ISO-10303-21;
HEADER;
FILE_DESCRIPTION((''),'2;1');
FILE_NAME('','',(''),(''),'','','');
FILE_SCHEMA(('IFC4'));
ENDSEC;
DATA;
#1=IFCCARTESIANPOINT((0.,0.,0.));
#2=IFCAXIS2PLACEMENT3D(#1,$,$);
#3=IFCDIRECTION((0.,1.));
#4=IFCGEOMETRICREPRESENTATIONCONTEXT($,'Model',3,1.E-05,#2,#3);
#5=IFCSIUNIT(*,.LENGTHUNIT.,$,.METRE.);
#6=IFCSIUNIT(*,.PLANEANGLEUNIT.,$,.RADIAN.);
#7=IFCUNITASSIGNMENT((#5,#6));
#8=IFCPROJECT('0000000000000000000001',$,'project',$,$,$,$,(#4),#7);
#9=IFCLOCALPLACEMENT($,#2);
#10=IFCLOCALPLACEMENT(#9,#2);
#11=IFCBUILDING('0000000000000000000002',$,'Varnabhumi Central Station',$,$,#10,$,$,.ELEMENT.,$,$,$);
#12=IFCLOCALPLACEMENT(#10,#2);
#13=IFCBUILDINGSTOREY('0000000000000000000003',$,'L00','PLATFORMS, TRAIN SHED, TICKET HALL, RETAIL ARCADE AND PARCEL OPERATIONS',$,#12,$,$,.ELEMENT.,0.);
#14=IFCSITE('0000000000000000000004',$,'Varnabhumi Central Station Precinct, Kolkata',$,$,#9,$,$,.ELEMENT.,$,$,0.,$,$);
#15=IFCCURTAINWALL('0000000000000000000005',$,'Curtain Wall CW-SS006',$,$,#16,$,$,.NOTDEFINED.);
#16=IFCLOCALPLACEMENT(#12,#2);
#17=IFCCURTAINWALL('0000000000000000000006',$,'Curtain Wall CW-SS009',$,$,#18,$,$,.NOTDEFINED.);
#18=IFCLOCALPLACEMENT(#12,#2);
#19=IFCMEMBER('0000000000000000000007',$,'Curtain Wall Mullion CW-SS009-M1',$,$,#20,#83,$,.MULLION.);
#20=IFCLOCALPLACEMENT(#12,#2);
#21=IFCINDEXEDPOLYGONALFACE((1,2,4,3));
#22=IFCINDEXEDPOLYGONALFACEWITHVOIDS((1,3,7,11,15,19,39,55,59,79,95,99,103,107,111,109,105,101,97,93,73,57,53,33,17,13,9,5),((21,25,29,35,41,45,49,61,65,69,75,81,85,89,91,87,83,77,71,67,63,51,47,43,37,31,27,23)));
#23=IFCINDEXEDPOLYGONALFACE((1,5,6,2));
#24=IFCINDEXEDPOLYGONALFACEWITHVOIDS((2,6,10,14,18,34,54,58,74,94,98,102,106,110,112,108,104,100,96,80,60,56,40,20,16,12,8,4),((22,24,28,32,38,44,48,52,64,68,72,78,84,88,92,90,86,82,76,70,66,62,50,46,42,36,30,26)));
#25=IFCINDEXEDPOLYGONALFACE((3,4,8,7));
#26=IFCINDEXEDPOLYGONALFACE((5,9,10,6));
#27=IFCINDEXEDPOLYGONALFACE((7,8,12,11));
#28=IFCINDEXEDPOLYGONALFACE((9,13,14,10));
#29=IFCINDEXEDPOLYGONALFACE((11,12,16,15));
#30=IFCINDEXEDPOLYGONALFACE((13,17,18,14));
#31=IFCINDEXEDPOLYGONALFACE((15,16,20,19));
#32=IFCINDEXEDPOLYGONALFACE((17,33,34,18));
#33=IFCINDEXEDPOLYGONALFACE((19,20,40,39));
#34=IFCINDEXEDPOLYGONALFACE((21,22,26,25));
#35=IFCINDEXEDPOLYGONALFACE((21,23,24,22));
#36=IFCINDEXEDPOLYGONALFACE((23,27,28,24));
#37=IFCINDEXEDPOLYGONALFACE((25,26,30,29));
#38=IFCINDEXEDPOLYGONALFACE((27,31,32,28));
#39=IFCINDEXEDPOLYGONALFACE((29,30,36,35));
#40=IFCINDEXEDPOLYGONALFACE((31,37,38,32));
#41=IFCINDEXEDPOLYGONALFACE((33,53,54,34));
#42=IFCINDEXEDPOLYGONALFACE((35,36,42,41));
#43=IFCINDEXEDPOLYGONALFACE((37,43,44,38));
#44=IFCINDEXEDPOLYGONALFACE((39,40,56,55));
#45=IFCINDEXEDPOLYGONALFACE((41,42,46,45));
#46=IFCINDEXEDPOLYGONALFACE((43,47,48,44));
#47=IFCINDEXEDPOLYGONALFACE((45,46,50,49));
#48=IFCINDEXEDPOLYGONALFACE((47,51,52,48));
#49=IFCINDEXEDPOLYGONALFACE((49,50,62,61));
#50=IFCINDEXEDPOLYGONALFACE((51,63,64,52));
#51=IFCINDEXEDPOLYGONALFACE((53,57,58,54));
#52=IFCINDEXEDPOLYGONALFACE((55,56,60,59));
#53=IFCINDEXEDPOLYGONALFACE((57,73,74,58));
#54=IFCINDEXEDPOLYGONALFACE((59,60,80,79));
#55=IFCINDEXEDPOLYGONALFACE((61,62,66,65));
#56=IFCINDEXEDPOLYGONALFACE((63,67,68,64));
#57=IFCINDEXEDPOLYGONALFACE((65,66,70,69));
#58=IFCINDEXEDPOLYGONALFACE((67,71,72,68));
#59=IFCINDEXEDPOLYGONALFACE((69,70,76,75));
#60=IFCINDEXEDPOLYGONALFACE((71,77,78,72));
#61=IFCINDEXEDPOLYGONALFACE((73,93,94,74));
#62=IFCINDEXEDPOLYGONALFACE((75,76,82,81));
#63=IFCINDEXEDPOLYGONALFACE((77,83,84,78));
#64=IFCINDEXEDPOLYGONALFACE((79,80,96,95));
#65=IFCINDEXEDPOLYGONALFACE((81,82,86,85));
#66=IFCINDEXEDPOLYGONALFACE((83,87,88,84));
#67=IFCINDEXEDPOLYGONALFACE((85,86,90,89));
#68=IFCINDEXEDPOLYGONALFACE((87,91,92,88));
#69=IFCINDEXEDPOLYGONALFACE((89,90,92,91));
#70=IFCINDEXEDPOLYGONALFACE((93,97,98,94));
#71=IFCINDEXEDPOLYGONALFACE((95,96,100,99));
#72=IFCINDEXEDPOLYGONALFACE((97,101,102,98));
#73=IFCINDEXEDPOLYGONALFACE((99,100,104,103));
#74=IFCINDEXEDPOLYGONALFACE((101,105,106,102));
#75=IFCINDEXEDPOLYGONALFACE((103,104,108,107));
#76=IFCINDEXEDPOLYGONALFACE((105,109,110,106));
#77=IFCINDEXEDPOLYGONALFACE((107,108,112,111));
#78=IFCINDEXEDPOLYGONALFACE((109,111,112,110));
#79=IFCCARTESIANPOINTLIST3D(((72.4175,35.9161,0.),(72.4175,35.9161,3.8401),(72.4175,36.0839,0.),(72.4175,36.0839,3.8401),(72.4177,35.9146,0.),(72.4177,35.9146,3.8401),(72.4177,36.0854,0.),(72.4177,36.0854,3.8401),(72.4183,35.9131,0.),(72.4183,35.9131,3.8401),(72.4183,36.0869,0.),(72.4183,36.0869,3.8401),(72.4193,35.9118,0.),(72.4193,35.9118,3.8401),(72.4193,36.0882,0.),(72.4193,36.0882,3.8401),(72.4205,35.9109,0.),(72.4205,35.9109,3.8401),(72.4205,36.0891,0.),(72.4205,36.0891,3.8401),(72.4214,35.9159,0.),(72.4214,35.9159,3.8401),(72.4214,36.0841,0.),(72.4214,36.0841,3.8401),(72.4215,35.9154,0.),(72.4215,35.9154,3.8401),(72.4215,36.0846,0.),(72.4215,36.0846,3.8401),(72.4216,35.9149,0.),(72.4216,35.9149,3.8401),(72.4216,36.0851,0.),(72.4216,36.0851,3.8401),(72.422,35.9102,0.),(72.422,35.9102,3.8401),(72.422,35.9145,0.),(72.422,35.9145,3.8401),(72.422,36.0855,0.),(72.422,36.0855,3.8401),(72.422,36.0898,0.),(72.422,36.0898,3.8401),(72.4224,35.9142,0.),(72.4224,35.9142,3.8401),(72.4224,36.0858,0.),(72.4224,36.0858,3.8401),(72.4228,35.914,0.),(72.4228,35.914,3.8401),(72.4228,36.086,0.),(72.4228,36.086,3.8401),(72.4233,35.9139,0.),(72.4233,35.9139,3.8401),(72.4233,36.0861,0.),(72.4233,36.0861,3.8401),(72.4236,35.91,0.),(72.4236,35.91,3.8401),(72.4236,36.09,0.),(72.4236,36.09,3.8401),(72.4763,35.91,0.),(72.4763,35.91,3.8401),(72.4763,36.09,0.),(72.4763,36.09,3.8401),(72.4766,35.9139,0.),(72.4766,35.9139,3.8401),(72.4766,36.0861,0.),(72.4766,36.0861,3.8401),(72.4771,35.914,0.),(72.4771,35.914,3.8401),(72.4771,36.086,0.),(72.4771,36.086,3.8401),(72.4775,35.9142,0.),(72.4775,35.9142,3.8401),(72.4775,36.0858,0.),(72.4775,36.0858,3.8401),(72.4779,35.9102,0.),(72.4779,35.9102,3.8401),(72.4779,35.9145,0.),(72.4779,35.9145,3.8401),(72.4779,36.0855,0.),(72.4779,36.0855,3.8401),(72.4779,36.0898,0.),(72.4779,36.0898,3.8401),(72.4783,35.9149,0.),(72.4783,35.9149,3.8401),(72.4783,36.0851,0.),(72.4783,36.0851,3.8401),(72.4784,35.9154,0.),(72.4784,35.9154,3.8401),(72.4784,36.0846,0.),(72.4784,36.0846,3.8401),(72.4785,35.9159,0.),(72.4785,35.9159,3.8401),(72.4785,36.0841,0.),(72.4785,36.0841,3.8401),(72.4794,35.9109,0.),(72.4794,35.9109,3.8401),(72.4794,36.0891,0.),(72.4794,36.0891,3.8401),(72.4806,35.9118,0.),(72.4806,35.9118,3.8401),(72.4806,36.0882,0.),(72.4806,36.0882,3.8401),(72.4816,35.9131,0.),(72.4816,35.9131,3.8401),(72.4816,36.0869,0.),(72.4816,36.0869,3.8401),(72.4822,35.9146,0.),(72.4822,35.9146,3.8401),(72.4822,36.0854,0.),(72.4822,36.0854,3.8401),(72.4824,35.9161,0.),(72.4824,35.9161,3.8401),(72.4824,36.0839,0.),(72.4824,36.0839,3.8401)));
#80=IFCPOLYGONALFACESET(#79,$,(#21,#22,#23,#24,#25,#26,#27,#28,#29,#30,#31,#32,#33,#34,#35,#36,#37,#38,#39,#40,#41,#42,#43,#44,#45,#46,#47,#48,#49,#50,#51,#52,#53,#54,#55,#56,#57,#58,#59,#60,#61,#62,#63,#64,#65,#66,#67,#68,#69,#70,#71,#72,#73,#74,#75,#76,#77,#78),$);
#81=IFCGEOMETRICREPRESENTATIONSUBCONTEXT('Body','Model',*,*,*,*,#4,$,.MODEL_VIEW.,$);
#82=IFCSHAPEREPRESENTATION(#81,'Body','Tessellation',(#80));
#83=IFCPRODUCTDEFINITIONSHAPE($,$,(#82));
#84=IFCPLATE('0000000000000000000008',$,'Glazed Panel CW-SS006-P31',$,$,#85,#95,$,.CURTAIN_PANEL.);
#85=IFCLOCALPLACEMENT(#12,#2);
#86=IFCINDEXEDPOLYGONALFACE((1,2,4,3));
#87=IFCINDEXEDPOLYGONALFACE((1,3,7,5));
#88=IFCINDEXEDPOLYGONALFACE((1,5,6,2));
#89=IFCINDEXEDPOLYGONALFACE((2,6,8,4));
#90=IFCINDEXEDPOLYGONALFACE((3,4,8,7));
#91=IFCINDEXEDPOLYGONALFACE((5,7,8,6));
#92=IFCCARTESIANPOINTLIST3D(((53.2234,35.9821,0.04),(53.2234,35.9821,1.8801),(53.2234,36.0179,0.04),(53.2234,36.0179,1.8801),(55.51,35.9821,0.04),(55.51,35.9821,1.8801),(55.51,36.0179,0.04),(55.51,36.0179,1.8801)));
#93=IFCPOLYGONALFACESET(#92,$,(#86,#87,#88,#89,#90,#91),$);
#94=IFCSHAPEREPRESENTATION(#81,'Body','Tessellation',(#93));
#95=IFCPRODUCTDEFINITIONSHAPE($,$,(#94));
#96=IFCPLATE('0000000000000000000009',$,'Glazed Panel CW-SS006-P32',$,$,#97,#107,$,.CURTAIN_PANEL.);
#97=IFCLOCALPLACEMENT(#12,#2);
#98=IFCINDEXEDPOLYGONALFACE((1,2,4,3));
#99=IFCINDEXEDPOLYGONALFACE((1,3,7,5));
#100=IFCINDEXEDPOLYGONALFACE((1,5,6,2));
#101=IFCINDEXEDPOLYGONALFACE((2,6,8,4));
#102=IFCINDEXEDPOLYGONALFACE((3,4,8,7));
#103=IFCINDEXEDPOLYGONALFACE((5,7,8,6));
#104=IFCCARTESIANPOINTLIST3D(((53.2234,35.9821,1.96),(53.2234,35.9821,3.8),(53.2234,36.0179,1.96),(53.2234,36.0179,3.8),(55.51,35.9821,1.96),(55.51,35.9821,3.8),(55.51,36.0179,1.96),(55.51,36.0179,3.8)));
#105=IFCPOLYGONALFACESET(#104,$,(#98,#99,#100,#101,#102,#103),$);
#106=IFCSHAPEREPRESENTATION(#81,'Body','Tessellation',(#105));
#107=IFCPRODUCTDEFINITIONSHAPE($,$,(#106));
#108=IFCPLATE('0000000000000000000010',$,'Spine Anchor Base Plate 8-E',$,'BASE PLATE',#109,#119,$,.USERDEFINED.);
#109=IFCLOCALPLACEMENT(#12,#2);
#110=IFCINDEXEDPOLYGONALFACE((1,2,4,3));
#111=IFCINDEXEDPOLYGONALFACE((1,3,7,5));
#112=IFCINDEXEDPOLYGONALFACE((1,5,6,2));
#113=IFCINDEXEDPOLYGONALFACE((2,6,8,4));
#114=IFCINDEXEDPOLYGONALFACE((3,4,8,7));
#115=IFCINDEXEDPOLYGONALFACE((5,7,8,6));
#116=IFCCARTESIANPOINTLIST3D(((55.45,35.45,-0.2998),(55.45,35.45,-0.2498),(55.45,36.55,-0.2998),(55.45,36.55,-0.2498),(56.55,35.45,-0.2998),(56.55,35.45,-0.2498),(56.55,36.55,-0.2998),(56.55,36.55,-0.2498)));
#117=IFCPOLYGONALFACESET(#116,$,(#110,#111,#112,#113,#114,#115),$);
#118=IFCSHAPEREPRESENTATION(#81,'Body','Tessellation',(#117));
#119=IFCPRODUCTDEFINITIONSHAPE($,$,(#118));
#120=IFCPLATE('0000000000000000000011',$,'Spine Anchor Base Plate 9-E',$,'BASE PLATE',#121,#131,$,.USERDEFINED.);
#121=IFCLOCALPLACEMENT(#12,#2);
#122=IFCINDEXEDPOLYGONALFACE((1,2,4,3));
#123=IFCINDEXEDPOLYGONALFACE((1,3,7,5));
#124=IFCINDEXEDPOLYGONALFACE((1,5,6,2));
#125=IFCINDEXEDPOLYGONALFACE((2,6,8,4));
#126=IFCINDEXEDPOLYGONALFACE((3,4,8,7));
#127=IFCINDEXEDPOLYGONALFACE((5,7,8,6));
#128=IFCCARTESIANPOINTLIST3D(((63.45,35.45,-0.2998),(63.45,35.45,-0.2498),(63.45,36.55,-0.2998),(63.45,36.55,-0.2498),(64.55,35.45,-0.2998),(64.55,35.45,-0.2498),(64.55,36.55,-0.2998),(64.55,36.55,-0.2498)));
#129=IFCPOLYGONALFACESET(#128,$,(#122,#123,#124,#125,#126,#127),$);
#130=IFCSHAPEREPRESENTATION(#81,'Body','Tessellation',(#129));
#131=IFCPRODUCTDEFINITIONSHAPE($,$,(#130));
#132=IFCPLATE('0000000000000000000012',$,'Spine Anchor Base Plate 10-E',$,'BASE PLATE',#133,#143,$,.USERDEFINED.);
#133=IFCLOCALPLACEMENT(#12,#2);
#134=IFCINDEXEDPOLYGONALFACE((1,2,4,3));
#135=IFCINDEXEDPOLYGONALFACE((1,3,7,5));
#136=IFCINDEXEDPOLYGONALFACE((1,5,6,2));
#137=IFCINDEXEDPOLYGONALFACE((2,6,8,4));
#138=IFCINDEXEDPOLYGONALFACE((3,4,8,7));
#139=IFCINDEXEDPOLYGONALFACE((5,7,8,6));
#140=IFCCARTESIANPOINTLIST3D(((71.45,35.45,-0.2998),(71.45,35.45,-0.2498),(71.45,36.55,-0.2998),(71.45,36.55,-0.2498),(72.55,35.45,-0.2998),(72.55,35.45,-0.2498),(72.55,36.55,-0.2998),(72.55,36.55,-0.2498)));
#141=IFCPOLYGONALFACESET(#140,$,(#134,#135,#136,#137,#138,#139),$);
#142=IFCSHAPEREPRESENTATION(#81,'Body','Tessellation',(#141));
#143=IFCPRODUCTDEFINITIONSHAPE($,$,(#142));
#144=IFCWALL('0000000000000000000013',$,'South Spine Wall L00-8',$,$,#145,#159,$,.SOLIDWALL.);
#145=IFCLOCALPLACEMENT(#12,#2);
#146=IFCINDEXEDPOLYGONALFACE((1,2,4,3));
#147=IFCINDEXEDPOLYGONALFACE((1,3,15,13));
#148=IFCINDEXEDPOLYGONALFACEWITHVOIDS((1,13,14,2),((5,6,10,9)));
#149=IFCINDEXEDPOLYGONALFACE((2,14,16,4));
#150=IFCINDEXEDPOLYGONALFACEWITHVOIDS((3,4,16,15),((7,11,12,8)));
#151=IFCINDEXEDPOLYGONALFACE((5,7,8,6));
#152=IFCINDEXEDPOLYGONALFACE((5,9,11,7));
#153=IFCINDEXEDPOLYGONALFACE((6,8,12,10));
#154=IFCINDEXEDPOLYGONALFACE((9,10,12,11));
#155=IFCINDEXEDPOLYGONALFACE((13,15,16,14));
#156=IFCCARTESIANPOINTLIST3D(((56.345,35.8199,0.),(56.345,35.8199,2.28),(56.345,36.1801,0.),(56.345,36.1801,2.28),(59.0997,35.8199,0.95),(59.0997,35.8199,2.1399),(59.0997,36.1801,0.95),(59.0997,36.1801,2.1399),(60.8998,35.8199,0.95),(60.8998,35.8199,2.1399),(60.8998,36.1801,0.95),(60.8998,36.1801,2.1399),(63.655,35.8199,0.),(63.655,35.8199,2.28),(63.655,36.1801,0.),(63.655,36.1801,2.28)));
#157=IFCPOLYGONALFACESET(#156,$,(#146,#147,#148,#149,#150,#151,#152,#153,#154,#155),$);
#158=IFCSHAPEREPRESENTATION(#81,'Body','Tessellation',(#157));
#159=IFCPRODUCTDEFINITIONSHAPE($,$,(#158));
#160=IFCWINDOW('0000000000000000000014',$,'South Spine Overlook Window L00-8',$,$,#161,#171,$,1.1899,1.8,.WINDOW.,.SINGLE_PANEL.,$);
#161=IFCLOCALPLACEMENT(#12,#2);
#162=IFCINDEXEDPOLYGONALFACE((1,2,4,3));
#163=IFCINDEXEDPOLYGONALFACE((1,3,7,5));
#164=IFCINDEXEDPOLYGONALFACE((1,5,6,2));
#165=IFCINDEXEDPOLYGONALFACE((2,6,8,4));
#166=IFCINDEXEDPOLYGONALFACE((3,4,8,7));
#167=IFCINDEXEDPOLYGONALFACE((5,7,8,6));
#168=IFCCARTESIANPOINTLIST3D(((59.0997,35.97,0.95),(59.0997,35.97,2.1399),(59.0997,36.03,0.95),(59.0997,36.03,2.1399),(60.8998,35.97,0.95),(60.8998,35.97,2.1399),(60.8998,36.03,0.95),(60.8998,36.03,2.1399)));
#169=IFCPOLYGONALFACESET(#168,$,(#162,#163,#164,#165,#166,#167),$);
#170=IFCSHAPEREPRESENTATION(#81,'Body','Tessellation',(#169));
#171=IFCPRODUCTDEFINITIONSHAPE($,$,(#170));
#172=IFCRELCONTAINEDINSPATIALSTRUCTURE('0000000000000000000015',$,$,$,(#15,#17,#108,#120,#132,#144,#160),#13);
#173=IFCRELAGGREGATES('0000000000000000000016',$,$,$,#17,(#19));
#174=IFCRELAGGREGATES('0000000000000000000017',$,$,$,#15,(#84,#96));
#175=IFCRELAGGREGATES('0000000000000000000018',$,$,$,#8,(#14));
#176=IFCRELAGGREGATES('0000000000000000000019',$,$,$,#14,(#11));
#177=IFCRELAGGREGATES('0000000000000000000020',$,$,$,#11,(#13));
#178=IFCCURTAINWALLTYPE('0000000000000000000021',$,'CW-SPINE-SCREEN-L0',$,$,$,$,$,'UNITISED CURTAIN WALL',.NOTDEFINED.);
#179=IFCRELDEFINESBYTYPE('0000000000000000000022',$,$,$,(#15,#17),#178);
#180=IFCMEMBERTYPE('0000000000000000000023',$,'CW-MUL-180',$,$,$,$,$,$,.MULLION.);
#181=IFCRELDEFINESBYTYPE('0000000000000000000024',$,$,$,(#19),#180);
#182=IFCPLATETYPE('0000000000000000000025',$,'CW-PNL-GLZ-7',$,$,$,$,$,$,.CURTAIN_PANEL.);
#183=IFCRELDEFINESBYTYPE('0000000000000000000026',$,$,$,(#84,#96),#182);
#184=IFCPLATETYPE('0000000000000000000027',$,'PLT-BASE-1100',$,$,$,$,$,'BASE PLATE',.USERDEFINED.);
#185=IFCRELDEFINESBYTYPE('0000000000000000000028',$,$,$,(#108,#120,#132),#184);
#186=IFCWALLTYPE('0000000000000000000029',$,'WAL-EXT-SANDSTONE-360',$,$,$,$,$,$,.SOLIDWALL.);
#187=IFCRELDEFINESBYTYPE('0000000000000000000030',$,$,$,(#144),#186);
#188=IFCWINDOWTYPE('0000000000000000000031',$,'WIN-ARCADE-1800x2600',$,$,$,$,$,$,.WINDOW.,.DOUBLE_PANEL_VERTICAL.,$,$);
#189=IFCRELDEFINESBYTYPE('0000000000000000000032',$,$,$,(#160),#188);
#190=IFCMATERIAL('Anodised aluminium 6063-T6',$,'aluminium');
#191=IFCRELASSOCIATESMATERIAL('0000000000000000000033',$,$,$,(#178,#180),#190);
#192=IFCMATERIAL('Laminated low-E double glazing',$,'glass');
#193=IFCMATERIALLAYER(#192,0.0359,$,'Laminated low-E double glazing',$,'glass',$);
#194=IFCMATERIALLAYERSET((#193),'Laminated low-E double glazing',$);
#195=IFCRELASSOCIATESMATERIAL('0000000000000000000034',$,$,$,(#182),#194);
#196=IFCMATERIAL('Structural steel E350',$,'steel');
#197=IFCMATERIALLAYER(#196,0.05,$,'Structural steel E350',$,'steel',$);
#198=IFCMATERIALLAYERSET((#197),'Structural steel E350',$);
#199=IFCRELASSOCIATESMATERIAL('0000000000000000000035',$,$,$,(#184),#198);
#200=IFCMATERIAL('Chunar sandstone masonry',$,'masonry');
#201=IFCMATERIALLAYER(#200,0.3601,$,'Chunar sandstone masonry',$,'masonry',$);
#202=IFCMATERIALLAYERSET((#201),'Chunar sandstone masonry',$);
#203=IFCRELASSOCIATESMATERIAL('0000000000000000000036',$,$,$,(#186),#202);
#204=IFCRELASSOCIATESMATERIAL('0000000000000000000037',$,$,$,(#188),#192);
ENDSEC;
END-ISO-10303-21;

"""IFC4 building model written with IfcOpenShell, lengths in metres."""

from ifc_helpers import new_model, si_unit, direction, frame, frame_2d, origin, origin_2d, place, context, subcontext, project, spatial, rectangle, hollow_rectangle, extrude, material, layer, layer_set, material_profile, profile_set, type_object, element, fill, aggregate, save


model = new_model("IFC4")

# Units and contexts
model_context = context("Model", 3, precision=1e-05, world=origin(), true_north=direction((0.0, 1.0)))
body_context = subcontext(model_context, "Body", "Model", "MODEL_VIEW")
ifc_project = project(units=[si_unit("LENGTHUNIT", "METRE"), si_unit("PLANEANGLEUNIT", "RADIAN")], contexts=[model_context])

# Site, building, storey
site_placement = place(None, origin())
site = spatial("IfcSite", under=ifc_project, at=site_placement, Name="Varnabhumi Central Station Precinct, Kolkata", CompositionType="ELEMENT", RefElevation=0.0)
building_placement = place(site_placement, origin())
building = spatial("IfcBuilding", under=site, at=building_placement, Name="Varnabhumi Central Station", CompositionType="ELEMENT")
storey_placement = place(building_placement, origin())
storey = spatial("IfcBuildingStorey", under=building, at=storey_placement, Name="L00", Description="PLATFORMS, TRAIN SHED, TICKET HALL, RETAIL ARCADE AND PARCEL OPERATIONS", CompositionType="ELEMENT", Elevation=0.0)

# Curtain wall
ifc_material_1 = material(Name="Anodised aluminium 6063-T6", Category="aluminium")
curtain_wall_type = type_object("IfcCurtainWallType", Name="CW-SPINE-SCREEN-L0", ElementType="UNITISED CURTAIN WALL", PredefinedType="NOTDEFINED", material=ifc_material_1)
curtain_wall_1_placement = place(storey_placement, origin())
curtain_wall_1 = element("IfcCurtainWall", 1, at=curtain_wall_1_placement, inside=storey, type_object=curtain_wall_type, Name="Curtain Wall CW-SS006", PredefinedType="NOTDEFINED")
ifc_material_profile_1 = material_profile(ifc_material_1, hollow_rectangle(XDim=0.0649, YDim=0.1799, WallThickness=0.0039, InnerFilletRadius=0.002, OuterFilletRadius=0.0061, at=origin_2d()), Name="Anodised aluminium 6063-T6", Category="aluminium")
ifc_profile_set_1 = profile_set([ifc_material_profile_1], Name="Anodised aluminium 6063-T6")
member_type = type_object("IfcMemberType", Name="CW-MUL-180", PredefinedType="MULLION", material=ifc_profile_set_1)

# Curtain wall, member
curtain_wall_2_placement = place(storey_placement, origin())
curtain_wall_2 = element("IfcCurtainWall", 2, at=curtain_wall_2_placement, inside=storey, type_object=curtain_wall_type, Name="Curtain Wall CW-SS009", PredefinedType="NOTDEFINED")
member_1_placement = place(storey_placement, frame((72.45, 36.0, 0.0), z_axis=(0.0, 0.0, 1.0), x_axis=(1.0, 0.0, 0.0)))
member_1 = element("IfcMember", 3, at=member_1_placement, type_object=member_type, Name="Curtain Wall Mullion CW-SS009-M1", PredefinedType="MULLION", context=body_context, shape_type="SweptSolid", body=[
    extrude(hollow_rectangle(XDim=0.0649, YDim=0.1799, WallThickness=0.0039, InnerFilletRadius=0.002, OuterFilletRadius=0.0061, at=origin_2d()), origin(), (0.0, 0.0, 1.0), 3.8401),
])
aggregate(curtain_wall_2, [member_1])

# Plates
ifc_material_2 = material(Name="Laminated low-E double glazing", Category="glass")
ifc_layer_1 = layer(ifc_material_2, 0.0359, Name="Laminated low-E double glazing", Category="glass")
ifc_layer_set_1 = layer_set([ifc_layer_1], Name="Laminated low-E double glazing")
plate_type_1 = type_object("IfcPlateType", Name="CW-PNL-GLZ-7", PredefinedType="CURTAIN_PANEL", material=ifc_layer_set_1)
plate_1_placement = place(storey_placement, frame((54.3667, 36.0, 0.04), z_axis=(0.0, 0.0, 1.0), x_axis=(1.0, 0.0, 0.0)))
plate_1 = element("IfcPlate", 4, at=plate_1_placement, type_object=plate_type_1, Name="Glazed Panel CW-SS006-P31", PredefinedType="CURTAIN_PANEL", context=body_context, shape_type="SweptSolid", body=[
    extrude(rectangle(XDim=2.2866, YDim=0.0359, at=origin_2d()), origin(), (0.0, 0.0, 1.0), 1.8401),
])
plate_2_placement = place(storey_placement, frame((54.3667, 36.0, 1.96), z_axis=(0.0, 0.0, 1.0), x_axis=(1.0, 0.0, 0.0)))
plate_2 = element("IfcPlate", 5, at=plate_2_placement, type_object=plate_type_1, Name="Glazed Panel CW-SS006-P32", PredefinedType="CURTAIN_PANEL", context=body_context, shape_type="SweptSolid", body=[
    extrude(rectangle(XDim=2.2866, YDim=0.0359, at=origin_2d()), origin(), (0.0, 0.0, 1.0), 1.8401),
])
aggregate(curtain_wall_1, [plate_1, plate_2])

# Plates
ifc_material_3 = material(Name="Structural steel E350", Category="steel")
ifc_layer_2 = layer(ifc_material_3, 0.05, Name="Structural steel E350", Category="steel")
ifc_layer_set_2 = layer_set([ifc_layer_2], Name="Structural steel E350")
plate_type_2 = type_object("IfcPlateType", Name="PLT-BASE-1100", ElementType="BASE PLATE", PredefinedType="USERDEFINED", material=ifc_layer_set_2)
for number, where, z_axis, x_axis, name in (
    (6, (56.0, 36.0, -0.2998), (0.0, 0.0, 1.0), (1.0, 0.0, 0.0), "Spine Anchor Base Plate 8-E"),
    (7, (64.0, 36.0, -0.2998), (0.0, 0.0, 1.0), (1.0, 0.0, 0.0), "Spine Anchor Base Plate 9-E"),
    (8, (72.0, 36.0, -0.2998), (0.0, 0.0, 1.0), (1.0, 0.0, 0.0), "Spine Anchor Base Plate 10-E"),
):
    element("IfcPlate", number, at=place(storey_placement, frame(where, z_axis=z_axis, x_axis=x_axis)), inside=storey, type_object=plate_type_2, Name=name, ObjectType="BASE PLATE", PredefinedType="USERDEFINED", context=body_context, shape_type="SweptSolid", body=[
        extrude(rectangle(XDim=1.1001, YDim=1.1001, at=origin_2d()), origin(), (0.0, 0.0, 1.0), 0.05),
    ])

# Wall, opening, window
ifc_material_4 = material(Name="Chunar sandstone masonry", Category="masonry")
ifc_layer_3 = layer(ifc_material_4, 0.3601, Name="Chunar sandstone masonry", Category="masonry")
ifc_layer_set_3 = layer_set([ifc_layer_3], Name="Chunar sandstone masonry")
wall_type = type_object("IfcWallType", Name="WAL-EXT-SANDSTONE-360", PredefinedType="SOLIDWALL", material=ifc_layer_set_3)
wall_1_placement = place(storey_placement, frame((56.345, 36.0, 0.0), z_axis=(0.0, 0.0, 1.0), x_axis=(1.0, 0.0, 0.0)))
wall_1 = element("IfcWall", 9, at=wall_1_placement, inside=storey, type_object=wall_type, Name="South Spine Wall L00-8", PredefinedType="SOLIDWALL", context=body_context, shape_type="SweptSolid", body=[
    extrude(rectangle(XDim=7.3101, YDim=0.3601, at=frame_2d((3.655, 0.0))), origin(), (0.0, 0.0, 1.0), 2.28),
])
opening_1_placement = place(wall_1_placement, frame((2.7549, 0.0, 0.95)))
opening_1 = element("IfcOpeningElement", 10, at=opening_1_placement, cuts=wall_1, PredefinedType="OPENING", context=body_context, shape_type="SweptSolid", body=[
    extrude(rectangle(XDim=1.8, YDim=1.1899, at=frame_2d((0.8999, 0.595))), frame((0.0, 0.1899, 0.0), z_axis=(0.0, -1.0, 0.0), x_axis=(1.0, 0.0, 0.0)), (0.0, 0.0, 1.0), 0.3801),
])
window_type = type_object("IfcWindowType", Name="WIN-ARCADE-1800x2600", PartitioningType="DOUBLE_PANEL_VERTICAL", PredefinedType="WINDOW", material=ifc_material_2)
window_1_placement = place(opening_1_placement, origin())
window_1 = element("IfcWindow", 11, at=window_1_placement, inside=storey, type_object=window_type, Name="South Spine Overlook Window L00-8", OverallHeight=1.1899, OverallWidth=1.8, PartitioningType="SINGLE_PANEL", PredefinedType="WINDOW", context=body_context, shape_type="SweptSolid", body=[
    extrude(rectangle(XDim=1.8, YDim=1.1899, at=frame_2d((0.8999, 0.595))), frame((0.0, 0.03, 0.0), z_axis=(0.0, -1.0, 0.0), x_axis=(1.0, 0.0, 0.0)), (0.0, 0.0, 1.0), 0.0601),
])
fill(opening_1, window_1)

save(model, "model.ifc")
